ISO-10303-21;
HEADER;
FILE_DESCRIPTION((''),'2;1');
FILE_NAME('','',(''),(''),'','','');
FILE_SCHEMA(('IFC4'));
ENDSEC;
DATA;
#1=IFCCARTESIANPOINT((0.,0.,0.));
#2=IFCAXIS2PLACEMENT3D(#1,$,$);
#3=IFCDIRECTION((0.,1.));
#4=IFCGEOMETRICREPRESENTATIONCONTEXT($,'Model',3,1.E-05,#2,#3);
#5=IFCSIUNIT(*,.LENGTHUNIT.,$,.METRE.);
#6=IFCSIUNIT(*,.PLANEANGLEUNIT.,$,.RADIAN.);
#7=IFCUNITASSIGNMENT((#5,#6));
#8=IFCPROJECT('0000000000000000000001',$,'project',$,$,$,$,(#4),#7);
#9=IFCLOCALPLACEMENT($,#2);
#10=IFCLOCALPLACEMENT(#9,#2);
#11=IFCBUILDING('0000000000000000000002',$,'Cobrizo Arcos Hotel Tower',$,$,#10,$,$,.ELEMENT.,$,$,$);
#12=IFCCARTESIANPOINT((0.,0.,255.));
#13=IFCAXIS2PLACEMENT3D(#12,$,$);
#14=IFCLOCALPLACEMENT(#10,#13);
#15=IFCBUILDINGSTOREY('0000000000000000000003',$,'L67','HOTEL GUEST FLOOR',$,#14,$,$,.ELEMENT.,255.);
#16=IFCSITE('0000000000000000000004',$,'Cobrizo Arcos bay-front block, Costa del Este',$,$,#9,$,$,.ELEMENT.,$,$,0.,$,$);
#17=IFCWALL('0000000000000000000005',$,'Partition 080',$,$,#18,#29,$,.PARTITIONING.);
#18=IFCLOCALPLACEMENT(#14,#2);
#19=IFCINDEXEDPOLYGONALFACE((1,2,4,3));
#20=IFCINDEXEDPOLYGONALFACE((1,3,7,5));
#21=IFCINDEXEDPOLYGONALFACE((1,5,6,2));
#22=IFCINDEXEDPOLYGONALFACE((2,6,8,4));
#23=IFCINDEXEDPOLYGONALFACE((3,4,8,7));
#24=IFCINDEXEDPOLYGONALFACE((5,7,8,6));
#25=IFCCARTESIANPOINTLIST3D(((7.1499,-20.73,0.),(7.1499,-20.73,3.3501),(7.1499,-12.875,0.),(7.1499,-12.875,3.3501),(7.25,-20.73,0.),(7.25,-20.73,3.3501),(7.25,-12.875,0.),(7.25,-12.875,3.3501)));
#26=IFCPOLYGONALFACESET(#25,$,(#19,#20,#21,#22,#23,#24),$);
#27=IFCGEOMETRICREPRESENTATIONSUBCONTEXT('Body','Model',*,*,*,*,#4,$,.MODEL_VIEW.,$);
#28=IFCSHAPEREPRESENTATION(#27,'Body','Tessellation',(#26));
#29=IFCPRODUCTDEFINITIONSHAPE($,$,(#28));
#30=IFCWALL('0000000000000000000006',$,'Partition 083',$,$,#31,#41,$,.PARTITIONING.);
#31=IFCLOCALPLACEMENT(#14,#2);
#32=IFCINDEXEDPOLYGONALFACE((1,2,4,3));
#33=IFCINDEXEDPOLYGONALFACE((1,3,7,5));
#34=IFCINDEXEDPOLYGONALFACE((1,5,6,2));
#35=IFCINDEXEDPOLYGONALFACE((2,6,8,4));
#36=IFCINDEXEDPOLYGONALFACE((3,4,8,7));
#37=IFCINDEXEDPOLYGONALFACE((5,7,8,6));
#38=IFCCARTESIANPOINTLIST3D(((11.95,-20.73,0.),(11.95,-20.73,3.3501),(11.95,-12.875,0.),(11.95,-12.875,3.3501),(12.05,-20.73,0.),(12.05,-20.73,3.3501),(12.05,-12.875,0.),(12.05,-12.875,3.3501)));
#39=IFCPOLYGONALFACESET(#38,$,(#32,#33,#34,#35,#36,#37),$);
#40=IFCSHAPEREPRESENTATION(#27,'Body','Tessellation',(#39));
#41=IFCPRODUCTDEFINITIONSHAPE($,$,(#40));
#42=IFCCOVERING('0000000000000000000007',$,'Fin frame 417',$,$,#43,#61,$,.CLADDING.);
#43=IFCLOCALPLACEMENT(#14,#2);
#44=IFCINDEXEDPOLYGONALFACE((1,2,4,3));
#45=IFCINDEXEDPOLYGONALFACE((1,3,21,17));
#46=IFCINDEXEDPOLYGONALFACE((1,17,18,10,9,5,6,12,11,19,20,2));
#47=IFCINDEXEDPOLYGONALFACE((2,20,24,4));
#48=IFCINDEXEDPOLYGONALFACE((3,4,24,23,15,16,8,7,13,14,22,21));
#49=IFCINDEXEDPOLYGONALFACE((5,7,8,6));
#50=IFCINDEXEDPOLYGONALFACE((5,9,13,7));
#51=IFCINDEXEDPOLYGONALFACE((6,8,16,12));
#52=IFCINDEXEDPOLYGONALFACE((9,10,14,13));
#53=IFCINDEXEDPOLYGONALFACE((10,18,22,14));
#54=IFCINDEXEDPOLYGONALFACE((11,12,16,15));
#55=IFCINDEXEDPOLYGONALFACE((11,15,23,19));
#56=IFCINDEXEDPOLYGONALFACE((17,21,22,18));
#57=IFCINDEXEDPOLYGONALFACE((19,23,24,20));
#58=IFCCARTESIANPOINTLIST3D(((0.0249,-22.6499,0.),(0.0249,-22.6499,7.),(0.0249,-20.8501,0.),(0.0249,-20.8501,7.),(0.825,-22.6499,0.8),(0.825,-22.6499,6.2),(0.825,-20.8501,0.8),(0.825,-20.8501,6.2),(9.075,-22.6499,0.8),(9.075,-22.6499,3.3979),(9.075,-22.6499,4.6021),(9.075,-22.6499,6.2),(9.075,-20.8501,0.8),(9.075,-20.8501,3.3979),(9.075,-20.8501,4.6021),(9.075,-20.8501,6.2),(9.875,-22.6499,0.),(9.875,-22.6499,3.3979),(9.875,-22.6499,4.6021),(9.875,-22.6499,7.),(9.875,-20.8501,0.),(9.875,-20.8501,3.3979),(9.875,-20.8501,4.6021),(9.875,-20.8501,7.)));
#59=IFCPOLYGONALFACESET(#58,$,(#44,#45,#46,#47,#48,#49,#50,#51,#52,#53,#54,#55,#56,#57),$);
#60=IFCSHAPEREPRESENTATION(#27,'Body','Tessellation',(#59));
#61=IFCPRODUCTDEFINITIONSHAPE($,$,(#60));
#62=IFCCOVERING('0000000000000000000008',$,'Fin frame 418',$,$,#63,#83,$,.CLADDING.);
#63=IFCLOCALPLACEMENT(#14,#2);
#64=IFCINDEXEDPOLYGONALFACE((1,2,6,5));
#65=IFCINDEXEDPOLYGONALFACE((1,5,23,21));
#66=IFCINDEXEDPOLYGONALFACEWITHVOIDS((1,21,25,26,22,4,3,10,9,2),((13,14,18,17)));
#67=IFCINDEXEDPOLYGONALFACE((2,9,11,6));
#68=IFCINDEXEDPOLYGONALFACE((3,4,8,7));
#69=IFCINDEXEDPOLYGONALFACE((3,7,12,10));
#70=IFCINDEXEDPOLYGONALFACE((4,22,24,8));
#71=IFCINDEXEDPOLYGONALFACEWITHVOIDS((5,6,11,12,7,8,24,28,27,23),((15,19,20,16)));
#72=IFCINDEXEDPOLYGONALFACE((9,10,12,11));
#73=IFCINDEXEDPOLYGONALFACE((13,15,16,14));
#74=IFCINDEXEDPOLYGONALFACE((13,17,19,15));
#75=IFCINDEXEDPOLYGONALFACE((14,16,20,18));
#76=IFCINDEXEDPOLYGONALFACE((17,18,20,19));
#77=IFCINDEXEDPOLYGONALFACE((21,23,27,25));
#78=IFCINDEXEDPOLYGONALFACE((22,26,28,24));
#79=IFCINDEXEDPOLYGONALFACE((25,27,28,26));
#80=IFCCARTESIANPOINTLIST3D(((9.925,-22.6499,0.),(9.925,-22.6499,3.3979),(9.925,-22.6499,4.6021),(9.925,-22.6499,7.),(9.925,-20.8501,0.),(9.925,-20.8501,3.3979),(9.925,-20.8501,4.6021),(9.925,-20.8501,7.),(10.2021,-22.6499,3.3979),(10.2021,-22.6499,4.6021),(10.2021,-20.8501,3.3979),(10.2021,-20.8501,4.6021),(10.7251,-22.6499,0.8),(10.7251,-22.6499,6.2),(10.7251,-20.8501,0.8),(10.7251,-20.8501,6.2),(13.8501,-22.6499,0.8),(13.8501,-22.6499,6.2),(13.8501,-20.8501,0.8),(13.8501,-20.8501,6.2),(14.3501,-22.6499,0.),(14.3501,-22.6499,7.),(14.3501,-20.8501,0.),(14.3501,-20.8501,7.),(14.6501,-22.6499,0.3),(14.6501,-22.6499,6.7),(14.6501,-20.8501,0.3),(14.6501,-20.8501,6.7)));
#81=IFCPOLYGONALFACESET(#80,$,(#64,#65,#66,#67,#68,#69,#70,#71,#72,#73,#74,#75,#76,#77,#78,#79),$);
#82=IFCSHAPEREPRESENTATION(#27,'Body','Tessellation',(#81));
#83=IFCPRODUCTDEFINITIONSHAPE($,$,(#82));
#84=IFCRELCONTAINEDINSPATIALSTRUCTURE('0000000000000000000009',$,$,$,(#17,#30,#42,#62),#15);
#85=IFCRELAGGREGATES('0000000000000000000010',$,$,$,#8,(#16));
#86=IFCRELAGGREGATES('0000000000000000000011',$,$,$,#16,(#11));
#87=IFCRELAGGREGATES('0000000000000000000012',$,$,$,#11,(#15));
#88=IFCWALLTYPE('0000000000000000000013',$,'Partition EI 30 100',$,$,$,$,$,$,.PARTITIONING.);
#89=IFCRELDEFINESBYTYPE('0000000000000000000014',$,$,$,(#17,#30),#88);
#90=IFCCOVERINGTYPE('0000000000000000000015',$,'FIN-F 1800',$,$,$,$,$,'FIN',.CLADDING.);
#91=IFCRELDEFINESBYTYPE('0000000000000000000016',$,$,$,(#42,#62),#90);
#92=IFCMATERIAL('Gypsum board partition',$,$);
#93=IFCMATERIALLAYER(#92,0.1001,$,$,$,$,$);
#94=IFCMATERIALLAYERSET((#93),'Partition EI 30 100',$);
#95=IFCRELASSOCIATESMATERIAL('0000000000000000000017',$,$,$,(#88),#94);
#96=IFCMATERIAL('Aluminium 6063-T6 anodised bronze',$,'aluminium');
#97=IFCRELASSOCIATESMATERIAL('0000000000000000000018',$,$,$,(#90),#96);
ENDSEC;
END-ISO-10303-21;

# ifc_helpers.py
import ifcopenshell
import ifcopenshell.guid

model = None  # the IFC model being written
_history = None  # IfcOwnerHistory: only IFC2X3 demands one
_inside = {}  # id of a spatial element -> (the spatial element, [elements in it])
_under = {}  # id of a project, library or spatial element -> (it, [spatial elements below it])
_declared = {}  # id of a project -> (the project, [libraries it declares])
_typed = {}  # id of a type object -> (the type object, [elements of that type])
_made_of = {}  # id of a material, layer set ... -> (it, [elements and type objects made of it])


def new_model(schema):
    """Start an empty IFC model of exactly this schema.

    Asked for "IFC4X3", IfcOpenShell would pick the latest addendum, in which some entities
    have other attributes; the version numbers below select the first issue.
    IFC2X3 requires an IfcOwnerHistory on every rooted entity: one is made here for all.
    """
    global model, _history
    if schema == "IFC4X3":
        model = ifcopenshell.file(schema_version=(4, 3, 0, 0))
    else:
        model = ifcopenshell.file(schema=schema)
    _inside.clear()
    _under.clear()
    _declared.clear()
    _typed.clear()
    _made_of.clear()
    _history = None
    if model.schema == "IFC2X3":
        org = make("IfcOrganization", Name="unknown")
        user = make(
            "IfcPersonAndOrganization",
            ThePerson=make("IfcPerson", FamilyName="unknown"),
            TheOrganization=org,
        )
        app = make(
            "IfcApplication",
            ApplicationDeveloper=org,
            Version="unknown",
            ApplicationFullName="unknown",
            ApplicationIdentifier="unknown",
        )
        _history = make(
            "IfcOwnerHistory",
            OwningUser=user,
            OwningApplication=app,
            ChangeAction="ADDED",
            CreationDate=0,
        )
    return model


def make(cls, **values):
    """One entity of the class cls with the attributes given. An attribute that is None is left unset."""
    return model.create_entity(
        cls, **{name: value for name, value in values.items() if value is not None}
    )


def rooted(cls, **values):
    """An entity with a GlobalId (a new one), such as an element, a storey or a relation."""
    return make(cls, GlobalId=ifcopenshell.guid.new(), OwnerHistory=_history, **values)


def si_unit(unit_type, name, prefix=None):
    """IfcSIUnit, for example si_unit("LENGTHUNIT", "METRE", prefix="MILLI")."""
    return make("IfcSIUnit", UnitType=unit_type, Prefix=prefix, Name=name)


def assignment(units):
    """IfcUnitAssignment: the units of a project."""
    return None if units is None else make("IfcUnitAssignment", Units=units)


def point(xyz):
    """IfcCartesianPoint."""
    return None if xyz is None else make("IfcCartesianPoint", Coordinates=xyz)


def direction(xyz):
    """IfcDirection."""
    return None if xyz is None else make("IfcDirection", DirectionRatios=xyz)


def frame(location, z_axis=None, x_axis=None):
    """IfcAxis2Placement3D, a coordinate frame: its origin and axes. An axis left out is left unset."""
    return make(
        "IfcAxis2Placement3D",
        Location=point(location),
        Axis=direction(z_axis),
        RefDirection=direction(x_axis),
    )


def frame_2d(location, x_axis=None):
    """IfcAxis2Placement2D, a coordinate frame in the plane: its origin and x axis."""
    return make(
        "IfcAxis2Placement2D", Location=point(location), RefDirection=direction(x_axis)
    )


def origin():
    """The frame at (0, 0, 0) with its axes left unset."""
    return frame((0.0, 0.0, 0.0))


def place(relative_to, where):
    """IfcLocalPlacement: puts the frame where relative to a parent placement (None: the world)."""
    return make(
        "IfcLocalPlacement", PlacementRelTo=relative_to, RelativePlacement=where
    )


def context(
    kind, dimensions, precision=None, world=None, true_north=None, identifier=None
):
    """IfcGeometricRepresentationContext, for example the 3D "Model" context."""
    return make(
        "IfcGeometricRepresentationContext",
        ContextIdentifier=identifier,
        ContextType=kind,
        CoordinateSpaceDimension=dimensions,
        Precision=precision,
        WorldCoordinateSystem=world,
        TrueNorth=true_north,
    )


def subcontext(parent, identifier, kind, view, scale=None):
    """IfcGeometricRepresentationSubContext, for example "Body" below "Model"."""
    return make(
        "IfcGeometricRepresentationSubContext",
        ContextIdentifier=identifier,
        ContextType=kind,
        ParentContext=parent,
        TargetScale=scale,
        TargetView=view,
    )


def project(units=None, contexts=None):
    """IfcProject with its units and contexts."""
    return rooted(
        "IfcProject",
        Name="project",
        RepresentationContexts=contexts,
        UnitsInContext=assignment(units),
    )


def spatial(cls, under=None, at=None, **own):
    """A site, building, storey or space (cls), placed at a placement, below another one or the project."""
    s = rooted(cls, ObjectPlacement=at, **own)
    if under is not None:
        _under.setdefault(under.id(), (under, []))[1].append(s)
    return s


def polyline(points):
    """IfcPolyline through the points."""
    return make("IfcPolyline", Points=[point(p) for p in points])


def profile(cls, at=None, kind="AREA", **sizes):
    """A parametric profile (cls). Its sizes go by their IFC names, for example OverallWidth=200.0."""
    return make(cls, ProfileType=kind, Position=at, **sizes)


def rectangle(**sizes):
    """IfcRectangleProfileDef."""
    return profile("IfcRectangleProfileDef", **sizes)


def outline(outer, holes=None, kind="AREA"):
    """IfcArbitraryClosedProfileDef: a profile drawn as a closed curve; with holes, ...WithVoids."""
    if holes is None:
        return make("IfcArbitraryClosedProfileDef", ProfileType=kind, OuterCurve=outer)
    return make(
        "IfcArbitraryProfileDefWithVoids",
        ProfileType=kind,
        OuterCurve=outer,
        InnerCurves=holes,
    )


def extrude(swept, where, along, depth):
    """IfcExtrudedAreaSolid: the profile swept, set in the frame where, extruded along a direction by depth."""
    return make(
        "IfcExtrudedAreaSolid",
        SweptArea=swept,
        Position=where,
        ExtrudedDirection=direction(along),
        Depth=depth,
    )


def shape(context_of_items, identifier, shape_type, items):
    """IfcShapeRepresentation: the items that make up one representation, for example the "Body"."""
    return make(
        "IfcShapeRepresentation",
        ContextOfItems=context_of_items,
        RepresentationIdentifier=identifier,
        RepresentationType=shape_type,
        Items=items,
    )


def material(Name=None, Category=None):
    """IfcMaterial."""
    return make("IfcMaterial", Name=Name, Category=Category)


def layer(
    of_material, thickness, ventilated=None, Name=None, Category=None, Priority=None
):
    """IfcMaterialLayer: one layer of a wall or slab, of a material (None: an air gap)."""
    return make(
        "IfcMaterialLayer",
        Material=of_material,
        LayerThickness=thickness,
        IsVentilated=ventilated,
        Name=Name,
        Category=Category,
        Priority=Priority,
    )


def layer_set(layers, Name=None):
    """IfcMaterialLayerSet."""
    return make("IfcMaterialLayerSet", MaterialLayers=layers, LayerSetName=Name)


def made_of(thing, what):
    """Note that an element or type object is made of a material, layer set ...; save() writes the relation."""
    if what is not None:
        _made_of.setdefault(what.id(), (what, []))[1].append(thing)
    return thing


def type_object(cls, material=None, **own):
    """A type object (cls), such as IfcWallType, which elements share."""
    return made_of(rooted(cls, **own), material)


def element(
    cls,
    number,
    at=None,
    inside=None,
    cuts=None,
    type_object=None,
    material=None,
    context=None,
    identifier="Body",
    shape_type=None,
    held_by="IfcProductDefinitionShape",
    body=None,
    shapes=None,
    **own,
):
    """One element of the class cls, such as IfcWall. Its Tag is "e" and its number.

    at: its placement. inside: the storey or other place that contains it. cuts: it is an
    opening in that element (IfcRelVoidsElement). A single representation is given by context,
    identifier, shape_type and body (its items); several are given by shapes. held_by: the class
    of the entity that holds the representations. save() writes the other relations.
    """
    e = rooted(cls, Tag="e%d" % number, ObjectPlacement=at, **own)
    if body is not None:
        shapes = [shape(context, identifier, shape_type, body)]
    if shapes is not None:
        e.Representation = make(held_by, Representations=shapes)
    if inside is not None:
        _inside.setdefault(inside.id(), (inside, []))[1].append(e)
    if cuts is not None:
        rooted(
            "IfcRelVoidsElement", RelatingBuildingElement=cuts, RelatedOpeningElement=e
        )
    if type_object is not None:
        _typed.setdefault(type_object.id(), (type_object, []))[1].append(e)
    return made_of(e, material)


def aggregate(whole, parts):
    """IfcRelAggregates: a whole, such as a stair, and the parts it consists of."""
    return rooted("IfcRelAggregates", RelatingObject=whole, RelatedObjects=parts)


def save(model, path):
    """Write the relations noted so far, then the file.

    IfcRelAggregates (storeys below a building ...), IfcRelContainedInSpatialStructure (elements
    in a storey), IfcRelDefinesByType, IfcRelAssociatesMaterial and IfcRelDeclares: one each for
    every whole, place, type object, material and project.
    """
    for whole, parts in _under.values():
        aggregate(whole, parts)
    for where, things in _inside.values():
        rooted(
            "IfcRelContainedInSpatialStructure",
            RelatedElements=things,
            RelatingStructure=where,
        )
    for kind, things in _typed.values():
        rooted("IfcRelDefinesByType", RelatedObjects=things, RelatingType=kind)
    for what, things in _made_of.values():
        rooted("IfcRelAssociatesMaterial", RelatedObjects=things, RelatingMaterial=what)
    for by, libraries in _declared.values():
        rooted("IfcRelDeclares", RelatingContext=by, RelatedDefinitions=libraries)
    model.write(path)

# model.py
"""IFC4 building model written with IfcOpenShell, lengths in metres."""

from ifc_helpers import new_model, si_unit, direction, frame, frame_2d, origin, place, context, subcontext, project, spatial, polyline, rectangle, outline, extrude, material, layer, layer_set, type_object, element, save


model = new_model("IFC4")

# Units and contexts
model_context = context("Model", 3, precision=1e-05, world=origin(), true_north=direction((0.0, 1.0)))
body_context = subcontext(model_context, "Body", "Model", "MODEL_VIEW")
ifc_project = project(units=[si_unit("LENGTHUNIT", "METRE"), si_unit("PLANEANGLEUNIT", "RADIAN")], contexts=[model_context])

# Site, building, storey
site_placement = place(None, origin())
site = spatial("IfcSite", under=ifc_project, at=site_placement, Name="Cobrizo Arcos bay-front block, Costa del Este", CompositionType="ELEMENT", RefElevation=0.0)
building_placement = place(site_placement, origin())
building = spatial("IfcBuilding", under=site, at=building_placement, Name="Cobrizo Arcos Hotel Tower", CompositionType="ELEMENT")
storey_placement = place(building_placement, frame((0.0, 0.0, 255.0)))
storey = spatial("IfcBuildingStorey", under=building, at=storey_placement, Name="L67", Description="HOTEL GUEST FLOOR", CompositionType="ELEMENT", Elevation=255.0)

# Shared definitions
ifc_material_1 = material(Name="Aluminium 6063-T6 anodised bronze", Category="aluminium")

# Walls
ifc_material_2 = material(Name="Gypsum board partition")
ifc_layer_1 = layer(ifc_material_2, 0.1001)
ifc_layer_set_1 = layer_set([ifc_layer_1], Name="Partition EI 30 100")
wall_type = type_object("IfcWallType", Name="Partition EI 30 100", PredefinedType="PARTITIONING", material=ifc_layer_set_1)
for number, where, z_axis, x_axis, name in (
    (1, (7.2, -20.73, 0.0), (0.0, 0.0, 1.0), (0.0, 1.0, 0.0), "Partition 080"),
    (2, (12.0, -20.73, 0.0), (0.0, 0.0, 1.0), (0.0, 1.0, 0.0), "Partition 083"),
):
    element("IfcWall", number, at=place(storey_placement, frame(where, z_axis=z_axis, x_axis=x_axis)), inside=storey, type_object=wall_type, Name=name, PredefinedType="PARTITIONING", context=body_context, shape_type="SweptSolid", body=[
        extrude(rectangle(XDim=7.855, YDim=0.1001, at=frame_2d((3.9275, 0.0))), origin(), (0.0, 0.0, 1.0), 3.3501),
    ])

# Coverings
covering_type = type_object("IfcCoveringType", Name="FIN-F 1800", ElementType="FIN", PredefinedType="CLADDING", material=ifc_material_1)
covering_1_placement = place(storey_placement, frame((0.0249, -20.8501, 0.0), z_axis=(0.0, -1.0, 0.0), x_axis=(1.0, 0.0, 0.0)))
element("IfcCovering", 3, at=covering_1_placement, inside=storey, type_object=covering_type, Name="Fin frame 417", PredefinedType="CLADDING", context=body_context, shape_type="SweptSolid", body=[
    extrude(outline(polyline([(9.8501, 0.0), (9.8501, 3.3979), (9.05, 3.3979), (9.05, 0.8), (0.8, 0.8), (0.8, 6.2), (9.05, 6.2), (9.05, 4.6021), (9.8501, 4.6021), (9.8501, 7.0), (0.0, 7.0), (0.0, 0.0), (9.8501, 0.0)])), origin(), (0.0, 0.0, 1.0), 1.7998),
])
covering_2_placement = place(storey_placement, frame((9.925, -20.8501, 0.0), z_axis=(0.0, -1.0, 0.0), x_axis=(1.0, 0.0, 0.0)))
element("IfcCovering", 4, at=covering_2_placement, inside=storey, type_object=covering_type, Name="Fin frame 418", PredefinedType="CLADDING", context=body_context, shape_type="SweptSolid", body=[
    extrude(outline(polyline([(0.0, 7.0), (0.0, 4.6021), (0.2771, 4.6021), (0.2771, 3.3979), (0.0, 3.3979), (0.0, 0.0), (4.425, 0.0), (4.7251, 0.3), (4.7251, 6.7), (4.425, 7.0), (0.0, 7.0)]), holes=[polyline([(3.925, 0.8), (0.8, 0.8), (0.8, 6.2), (3.925, 6.2), (3.925, 0.8)])]), origin(), (0.0, 0.0, 1.0), 1.7998),
])

save(model, "model.ifc")
